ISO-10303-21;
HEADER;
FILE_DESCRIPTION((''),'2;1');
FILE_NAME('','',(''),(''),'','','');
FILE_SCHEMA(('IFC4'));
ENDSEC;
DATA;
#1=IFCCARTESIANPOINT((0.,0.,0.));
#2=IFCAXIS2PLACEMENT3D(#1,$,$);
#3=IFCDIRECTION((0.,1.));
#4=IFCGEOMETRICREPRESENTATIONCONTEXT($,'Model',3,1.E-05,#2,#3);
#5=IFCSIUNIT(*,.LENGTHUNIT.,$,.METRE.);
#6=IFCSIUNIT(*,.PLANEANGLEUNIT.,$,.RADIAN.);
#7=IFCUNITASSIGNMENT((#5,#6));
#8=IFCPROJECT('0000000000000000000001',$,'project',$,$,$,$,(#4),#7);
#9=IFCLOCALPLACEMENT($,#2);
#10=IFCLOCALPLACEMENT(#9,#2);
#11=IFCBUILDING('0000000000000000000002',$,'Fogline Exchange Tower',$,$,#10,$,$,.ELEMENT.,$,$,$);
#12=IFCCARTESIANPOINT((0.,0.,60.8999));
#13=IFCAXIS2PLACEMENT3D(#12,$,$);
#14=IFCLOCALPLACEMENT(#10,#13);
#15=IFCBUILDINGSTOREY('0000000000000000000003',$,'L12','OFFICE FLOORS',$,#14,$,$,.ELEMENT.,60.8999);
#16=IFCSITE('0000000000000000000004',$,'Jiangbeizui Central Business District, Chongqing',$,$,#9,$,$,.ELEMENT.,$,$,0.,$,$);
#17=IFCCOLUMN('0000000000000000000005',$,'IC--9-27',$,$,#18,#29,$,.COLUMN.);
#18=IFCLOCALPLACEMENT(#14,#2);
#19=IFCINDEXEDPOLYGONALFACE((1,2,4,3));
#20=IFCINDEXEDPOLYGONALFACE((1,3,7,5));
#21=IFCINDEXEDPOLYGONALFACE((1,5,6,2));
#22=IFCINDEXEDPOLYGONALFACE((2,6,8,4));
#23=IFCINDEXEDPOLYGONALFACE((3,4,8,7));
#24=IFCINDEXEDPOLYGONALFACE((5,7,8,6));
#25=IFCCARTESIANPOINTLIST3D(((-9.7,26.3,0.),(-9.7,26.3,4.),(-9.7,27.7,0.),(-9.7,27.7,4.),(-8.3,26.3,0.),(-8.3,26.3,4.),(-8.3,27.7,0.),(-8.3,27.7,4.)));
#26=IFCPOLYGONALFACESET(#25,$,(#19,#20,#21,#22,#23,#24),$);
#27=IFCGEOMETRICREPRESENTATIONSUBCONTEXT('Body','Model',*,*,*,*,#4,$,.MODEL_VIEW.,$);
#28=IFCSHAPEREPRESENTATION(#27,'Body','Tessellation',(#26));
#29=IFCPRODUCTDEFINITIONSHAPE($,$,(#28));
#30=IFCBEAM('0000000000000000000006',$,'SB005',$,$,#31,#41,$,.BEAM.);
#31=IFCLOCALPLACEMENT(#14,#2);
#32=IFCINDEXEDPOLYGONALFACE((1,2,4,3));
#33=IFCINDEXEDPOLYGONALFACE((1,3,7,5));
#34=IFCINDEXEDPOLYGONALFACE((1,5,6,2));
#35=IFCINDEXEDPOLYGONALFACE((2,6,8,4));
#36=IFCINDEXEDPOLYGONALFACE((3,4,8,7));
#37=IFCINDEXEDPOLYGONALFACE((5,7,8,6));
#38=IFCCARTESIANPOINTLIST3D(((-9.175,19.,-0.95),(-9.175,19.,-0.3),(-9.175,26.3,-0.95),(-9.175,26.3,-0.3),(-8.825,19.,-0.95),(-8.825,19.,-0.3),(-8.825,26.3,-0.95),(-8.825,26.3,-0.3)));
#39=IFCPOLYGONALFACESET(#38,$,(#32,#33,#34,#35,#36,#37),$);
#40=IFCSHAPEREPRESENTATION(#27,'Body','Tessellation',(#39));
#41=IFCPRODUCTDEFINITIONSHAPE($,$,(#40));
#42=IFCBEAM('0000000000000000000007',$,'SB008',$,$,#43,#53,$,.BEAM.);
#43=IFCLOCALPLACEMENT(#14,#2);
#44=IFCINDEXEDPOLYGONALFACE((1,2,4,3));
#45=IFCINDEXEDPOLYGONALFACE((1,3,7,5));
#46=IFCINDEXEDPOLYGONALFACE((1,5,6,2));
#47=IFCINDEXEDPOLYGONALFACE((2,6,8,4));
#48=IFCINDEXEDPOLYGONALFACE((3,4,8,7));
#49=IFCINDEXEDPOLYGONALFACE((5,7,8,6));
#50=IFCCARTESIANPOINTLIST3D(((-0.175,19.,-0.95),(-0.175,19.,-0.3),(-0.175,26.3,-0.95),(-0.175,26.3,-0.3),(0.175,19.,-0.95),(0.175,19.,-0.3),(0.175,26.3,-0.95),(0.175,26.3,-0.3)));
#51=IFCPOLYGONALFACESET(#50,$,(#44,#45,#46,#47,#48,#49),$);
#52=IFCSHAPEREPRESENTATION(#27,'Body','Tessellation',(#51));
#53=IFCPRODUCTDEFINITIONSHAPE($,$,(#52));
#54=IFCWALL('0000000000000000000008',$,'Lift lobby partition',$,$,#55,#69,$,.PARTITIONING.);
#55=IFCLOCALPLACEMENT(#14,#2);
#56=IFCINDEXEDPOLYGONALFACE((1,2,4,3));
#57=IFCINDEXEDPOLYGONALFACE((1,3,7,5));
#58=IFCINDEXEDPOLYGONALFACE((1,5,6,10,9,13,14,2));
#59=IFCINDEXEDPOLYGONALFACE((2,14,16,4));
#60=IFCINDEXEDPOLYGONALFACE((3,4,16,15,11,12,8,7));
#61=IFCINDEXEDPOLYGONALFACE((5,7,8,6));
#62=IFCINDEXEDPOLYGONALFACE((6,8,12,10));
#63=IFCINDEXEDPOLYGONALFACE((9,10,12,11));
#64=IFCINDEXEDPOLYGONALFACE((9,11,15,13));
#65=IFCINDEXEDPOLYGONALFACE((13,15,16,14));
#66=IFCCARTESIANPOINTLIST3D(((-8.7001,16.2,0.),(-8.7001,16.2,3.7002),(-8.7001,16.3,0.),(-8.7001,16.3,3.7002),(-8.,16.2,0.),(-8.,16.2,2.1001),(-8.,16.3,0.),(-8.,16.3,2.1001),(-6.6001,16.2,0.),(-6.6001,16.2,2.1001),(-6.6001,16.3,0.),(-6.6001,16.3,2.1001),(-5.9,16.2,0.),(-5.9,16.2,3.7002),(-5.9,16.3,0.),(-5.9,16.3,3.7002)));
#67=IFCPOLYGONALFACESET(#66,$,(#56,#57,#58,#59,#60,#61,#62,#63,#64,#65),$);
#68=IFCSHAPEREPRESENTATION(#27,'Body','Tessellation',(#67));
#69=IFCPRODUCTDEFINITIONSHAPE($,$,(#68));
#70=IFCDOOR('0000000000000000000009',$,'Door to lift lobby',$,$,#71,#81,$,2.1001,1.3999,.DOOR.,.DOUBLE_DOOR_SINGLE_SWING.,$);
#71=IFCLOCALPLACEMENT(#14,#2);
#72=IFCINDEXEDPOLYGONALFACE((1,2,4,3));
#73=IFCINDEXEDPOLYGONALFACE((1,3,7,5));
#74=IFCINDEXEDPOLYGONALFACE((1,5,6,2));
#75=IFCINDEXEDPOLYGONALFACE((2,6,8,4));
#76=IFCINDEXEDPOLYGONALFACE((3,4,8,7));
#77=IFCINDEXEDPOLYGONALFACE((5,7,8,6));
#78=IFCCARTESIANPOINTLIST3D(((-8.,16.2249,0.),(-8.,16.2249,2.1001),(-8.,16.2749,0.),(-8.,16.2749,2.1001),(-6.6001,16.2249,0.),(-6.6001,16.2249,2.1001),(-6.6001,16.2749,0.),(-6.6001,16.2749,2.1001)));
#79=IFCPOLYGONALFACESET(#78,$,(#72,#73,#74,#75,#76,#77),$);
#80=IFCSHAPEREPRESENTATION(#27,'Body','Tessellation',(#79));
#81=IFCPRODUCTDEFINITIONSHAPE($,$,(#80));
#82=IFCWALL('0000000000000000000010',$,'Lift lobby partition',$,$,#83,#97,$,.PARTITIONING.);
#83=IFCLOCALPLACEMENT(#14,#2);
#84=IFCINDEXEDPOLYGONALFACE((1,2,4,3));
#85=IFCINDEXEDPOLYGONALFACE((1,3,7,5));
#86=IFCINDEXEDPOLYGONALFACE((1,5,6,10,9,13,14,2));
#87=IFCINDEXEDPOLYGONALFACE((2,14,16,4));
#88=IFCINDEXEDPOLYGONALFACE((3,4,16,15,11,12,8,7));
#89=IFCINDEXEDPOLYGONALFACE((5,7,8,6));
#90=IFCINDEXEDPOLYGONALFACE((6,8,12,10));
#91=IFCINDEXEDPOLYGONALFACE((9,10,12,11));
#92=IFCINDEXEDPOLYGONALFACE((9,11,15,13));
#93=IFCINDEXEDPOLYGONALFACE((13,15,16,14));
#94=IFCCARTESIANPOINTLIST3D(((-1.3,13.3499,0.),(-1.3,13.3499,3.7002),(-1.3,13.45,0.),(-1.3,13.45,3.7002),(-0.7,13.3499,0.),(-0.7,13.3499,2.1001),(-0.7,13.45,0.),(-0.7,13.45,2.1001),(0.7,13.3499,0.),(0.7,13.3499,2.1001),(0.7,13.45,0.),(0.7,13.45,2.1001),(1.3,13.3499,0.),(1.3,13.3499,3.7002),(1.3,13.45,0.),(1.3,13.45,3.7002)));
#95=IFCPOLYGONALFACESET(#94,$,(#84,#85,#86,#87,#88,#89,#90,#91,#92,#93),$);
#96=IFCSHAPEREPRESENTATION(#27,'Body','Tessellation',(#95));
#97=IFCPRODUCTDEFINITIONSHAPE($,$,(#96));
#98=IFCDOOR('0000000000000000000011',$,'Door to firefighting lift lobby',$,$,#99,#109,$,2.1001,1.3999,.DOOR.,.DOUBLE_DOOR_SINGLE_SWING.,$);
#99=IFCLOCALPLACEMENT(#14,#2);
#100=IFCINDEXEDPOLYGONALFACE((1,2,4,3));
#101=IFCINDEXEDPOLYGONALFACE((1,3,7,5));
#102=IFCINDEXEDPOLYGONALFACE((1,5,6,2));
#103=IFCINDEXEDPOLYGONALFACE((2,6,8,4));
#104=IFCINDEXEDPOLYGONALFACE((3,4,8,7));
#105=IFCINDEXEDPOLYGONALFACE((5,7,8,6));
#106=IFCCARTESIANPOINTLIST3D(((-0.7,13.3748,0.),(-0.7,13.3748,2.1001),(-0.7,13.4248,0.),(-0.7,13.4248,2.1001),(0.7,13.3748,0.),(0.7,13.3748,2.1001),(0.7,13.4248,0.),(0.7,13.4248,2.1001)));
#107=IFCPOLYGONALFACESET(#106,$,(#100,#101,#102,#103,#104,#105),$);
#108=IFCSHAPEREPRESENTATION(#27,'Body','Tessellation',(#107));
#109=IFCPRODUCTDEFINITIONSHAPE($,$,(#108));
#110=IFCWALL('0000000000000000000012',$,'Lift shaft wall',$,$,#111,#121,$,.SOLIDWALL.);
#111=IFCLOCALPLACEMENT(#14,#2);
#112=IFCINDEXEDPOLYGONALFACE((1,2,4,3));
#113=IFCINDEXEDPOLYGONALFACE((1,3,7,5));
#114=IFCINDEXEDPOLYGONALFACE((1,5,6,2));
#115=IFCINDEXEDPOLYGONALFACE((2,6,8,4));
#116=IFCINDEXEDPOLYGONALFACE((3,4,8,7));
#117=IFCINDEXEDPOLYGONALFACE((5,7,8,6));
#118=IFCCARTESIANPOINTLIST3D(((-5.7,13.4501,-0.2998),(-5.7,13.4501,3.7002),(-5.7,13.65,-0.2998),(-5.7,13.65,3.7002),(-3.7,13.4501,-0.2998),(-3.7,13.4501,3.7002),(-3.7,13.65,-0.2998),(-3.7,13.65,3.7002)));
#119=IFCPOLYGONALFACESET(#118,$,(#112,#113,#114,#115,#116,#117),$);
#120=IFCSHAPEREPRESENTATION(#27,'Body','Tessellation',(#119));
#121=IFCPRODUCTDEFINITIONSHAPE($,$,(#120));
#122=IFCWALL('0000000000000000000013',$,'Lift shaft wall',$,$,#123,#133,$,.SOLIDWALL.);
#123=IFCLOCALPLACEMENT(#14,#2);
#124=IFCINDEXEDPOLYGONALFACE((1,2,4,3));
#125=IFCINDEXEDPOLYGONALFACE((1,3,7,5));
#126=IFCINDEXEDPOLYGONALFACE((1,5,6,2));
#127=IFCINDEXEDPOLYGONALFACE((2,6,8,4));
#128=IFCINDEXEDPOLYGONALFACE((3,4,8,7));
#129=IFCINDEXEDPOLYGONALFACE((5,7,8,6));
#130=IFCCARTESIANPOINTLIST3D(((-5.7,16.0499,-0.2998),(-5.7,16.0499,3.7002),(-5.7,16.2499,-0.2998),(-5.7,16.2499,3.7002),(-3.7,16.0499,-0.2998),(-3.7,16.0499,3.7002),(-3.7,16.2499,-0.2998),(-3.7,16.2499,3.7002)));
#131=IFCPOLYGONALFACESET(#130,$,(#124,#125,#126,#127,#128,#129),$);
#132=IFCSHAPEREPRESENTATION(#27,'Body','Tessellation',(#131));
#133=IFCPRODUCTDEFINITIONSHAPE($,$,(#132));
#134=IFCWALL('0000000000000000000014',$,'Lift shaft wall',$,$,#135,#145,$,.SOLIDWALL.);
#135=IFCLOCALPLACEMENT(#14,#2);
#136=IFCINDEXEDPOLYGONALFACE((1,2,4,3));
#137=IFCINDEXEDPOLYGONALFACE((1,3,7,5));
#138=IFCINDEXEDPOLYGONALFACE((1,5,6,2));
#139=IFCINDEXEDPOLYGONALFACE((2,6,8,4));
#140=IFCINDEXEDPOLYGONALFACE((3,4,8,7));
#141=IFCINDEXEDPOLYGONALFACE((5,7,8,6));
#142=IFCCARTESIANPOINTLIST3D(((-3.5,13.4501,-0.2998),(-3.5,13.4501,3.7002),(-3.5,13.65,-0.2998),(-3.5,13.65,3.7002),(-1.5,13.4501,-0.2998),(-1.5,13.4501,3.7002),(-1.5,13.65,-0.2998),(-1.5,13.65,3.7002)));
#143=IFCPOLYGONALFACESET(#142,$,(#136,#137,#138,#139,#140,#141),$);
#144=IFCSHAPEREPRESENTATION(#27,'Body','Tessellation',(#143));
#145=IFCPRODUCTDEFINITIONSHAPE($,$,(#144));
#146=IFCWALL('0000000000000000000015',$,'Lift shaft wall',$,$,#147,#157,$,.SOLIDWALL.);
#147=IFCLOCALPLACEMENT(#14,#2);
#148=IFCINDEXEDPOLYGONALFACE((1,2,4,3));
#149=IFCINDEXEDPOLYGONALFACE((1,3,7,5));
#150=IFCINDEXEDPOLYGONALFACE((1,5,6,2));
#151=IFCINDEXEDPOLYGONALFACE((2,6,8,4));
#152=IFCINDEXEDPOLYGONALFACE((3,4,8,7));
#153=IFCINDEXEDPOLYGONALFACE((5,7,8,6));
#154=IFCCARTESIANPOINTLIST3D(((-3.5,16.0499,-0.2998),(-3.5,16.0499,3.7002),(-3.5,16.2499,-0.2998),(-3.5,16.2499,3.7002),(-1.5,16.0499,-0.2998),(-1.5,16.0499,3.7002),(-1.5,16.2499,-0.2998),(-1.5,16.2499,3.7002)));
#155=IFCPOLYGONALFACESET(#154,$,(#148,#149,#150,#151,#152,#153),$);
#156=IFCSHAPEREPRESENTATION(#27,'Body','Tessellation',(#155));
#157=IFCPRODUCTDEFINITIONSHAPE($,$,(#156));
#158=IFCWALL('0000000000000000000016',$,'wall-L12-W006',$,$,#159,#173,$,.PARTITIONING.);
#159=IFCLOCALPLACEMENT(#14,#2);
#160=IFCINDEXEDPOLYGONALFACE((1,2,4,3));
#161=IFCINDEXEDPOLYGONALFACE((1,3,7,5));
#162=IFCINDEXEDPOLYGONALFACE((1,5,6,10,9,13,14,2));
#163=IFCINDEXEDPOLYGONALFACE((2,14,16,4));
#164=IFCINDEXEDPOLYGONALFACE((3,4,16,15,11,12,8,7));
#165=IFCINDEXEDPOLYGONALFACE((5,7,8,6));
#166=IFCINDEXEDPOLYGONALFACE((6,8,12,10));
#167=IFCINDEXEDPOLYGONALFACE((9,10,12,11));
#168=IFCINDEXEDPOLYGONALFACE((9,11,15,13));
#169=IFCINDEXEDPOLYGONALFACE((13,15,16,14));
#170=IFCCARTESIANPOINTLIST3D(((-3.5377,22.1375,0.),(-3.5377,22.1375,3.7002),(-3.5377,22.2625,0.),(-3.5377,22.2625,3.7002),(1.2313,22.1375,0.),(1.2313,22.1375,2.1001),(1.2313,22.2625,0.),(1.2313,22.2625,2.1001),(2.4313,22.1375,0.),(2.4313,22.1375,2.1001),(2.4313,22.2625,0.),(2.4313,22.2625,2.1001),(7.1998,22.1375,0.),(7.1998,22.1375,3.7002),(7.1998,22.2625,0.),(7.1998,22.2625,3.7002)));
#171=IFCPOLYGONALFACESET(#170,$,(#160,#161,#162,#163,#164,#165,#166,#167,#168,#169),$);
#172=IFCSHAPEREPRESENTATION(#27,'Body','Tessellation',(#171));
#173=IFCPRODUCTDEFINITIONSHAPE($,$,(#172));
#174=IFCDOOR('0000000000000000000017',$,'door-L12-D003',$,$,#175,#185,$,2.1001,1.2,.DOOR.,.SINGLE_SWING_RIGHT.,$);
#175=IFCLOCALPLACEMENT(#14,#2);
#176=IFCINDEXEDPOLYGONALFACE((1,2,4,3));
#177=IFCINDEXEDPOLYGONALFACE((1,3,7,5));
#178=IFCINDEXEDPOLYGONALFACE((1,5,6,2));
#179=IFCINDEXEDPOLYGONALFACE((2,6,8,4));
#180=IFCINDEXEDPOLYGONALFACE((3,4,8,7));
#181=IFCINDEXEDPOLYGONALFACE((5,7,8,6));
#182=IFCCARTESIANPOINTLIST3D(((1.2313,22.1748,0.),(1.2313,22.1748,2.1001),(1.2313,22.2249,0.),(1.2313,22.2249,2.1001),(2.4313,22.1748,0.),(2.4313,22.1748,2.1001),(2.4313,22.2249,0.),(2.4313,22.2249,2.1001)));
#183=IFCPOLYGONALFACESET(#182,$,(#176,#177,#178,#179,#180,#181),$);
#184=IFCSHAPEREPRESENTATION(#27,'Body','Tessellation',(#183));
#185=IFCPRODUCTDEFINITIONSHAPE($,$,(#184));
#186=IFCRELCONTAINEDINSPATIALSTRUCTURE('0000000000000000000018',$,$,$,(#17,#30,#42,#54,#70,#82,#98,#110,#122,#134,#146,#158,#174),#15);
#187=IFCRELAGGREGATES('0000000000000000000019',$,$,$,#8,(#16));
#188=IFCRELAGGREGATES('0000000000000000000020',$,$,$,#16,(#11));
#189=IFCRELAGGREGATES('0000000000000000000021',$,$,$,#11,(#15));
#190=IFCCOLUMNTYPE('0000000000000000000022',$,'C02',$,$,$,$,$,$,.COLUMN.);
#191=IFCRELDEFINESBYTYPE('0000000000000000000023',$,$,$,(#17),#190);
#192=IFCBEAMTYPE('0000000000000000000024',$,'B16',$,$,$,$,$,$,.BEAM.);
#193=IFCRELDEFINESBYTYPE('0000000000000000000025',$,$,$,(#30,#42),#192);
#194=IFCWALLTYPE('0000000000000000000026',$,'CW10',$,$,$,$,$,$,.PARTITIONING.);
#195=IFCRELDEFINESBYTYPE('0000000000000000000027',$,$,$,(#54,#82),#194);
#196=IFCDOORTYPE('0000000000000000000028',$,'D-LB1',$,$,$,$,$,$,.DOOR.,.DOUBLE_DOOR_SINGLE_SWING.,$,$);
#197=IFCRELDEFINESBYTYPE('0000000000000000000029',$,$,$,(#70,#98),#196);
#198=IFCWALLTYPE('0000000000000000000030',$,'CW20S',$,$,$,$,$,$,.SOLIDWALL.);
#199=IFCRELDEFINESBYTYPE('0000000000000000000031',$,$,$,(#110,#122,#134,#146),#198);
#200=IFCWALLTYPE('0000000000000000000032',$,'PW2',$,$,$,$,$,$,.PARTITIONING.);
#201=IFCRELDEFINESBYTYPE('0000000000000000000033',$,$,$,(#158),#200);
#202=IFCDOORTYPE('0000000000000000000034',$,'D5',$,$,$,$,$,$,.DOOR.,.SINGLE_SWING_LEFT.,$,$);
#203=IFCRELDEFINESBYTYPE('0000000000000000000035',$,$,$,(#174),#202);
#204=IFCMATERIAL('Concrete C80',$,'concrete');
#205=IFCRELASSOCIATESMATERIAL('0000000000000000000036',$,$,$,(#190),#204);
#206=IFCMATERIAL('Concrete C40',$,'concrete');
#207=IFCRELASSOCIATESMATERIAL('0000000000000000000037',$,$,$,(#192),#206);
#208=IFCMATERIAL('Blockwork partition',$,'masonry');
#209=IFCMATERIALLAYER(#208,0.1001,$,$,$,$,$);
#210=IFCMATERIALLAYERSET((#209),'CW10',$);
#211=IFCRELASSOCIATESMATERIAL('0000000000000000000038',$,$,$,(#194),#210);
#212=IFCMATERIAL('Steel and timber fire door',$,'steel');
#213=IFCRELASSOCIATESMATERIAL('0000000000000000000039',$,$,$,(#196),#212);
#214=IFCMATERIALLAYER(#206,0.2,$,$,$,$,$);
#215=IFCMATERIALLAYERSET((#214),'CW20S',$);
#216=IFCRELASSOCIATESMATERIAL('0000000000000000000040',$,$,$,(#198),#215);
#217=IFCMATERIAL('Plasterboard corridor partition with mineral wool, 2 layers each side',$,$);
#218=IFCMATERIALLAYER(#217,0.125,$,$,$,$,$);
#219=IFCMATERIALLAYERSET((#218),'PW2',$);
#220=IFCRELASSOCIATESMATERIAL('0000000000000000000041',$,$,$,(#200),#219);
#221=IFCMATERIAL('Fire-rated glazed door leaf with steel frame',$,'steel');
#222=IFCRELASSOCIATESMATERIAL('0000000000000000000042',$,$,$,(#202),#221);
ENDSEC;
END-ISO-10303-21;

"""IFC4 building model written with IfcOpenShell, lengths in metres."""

from ifc_helpers import new_model, si_unit, direction, frame, frame_2d, origin, origin_2d, place, context, subcontext, project, spatial, rectangle, extrude, material, layer, layer_set, material_profile, profile_set, type_object, element, fill, save


model = new_model("IFC4")

# Units and contexts
model_context = context("Model", 3, precision=1e-05, world=origin(), true_north=direction((0.0, 1.0)))
body_context = subcontext(model_context, "Body", "Model", "MODEL_VIEW")
ifc_project = project(units=[si_unit("LENGTHUNIT", "METRE"), si_unit("PLANEANGLEUNIT", "RADIAN")], contexts=[model_context])

# Site, building, storey
site_placement = place(None, origin())
site = spatial("IfcSite", under=ifc_project, at=site_placement, Name="Jiangbeizui Central Business District, Chongqing", CompositionType="ELEMENT", RefElevation=0.0)
building_placement = place(site_placement, origin())
building = spatial("IfcBuilding", under=site, at=building_placement, Name="Fogline Exchange Tower", CompositionType="ELEMENT")
storey_placement = place(building_placement, frame((0.0, 0.0, 60.8999)))
storey = spatial("IfcBuildingStorey", under=building, at=storey_placement, Name="L12", Description="OFFICE FLOORS", CompositionType="ELEMENT", Elevation=60.8999)

# Column
ifc_material_1 = material(Name="Concrete C80", Category="concrete")
ifc_material_profile_1 = material_profile(ifc_material_1, rectangle(XDim=1.3999, YDim=1.3999, at=origin_2d()), Name="RC 1400x1400")
ifc_profile_set_1 = profile_set([ifc_material_profile_1], Name="Concrete C80")
column_type = type_object("IfcColumnType", Name="C02", PredefinedType="COLUMN", material=ifc_profile_set_1)
column_placement = place(storey_placement, frame((-9.0, 27.0, 0.0), z_axis=(0.0, 0.0, 1.0), x_axis=(1.0, 0.0, 0.0)))
element("IfcColumn", 1, at=column_placement, inside=storey, type_object=column_type, Name="IC--9-27", PredefinedType="COLUMN", context=body_context, shape_type="SweptSolid", body=[
    extrude(rectangle(XDim=1.3999, YDim=1.3999, at=origin_2d()), origin(), (0.0, 0.0, 1.0), 4.0),
])

# Beams
ifc_material_2 = material(Name="Concrete C40", Category="concrete")
ifc_material_profile_2 = material_profile(ifc_material_2, rectangle(XDim=0.3501, YDim=0.6499, at=origin_2d()), Name="RC 350x650")
ifc_profile_set_2 = profile_set([ifc_material_profile_2], Name="Concrete C40")
beam_type = type_object("IfcBeamType", Name="B16", PredefinedType="BEAM", material=ifc_profile_set_2)
for number, where, z_axis, x_axis, name in (
    (2, (-9.0, 19.0, -0.625), (0.0, 1.0, 0.0), (-1.0, 0.0, 0.0), "SB005"),
    (3, (0.0, 19.0, -0.625), (0.0, 1.0, 0.0), (-1.0, 0.0, 0.0), "SB008"),
):
    element("IfcBeam", number, at=place(storey_placement, frame(where, z_axis=z_axis, x_axis=x_axis)), inside=storey, type_object=beam_type, Name=name, PredefinedType="BEAM", context=body_context, shape_type="SweptSolid", body=[
        extrude(rectangle(XDim=0.3501, YDim=0.6499, at=origin_2d()), origin(), (0.0, 0.0, 1.0), 7.3),
    ])

# Walls, openings, doors
ifc_material_3 = material(Name="Blockwork partition", Category="masonry")
ifc_layer_1 = layer(ifc_material_3, 0.1001)
ifc_layer_set_1 = layer_set([ifc_layer_1], Name="CW10")
wall_type_1 = type_object("IfcWallType", Name="CW10", PredefinedType="PARTITIONING", material=ifc_layer_set_1)
wall_1_placement = place(storey_placement, frame((-8.7, 16.25, 0.0), z_axis=(0.0, 0.0, 1.0), x_axis=(1.0, 0.0, 0.0)))
wall_1 = element("IfcWall", 4, at=wall_1_placement, inside=storey, type_object=wall_type_1, Name="Lift lobby partition", PredefinedType="PARTITIONING", context=body_context, shape_type="SweptSolid", body=[
    extrude(rectangle(XDim=2.8, YDim=0.1001, at=frame_2d((1.3999, 0.0))), origin(), (0.0, 0.0, 1.0), 3.7002),
])
opening_1_placement = place(wall_1_placement, frame((0.7, 0.0, 0.0)))
opening_1 = element("IfcOpeningElement", 5, at=opening_1_placement, cuts=wall_1, PredefinedType="OPENING", context=body_context, shape_type="SweptSolid", body=[
    extrude(rectangle(XDim=1.3999, YDim=2.1001, at=frame_2d((0.7, 1.05))), frame((0.0, 0.0601, 0.0), z_axis=(0.0, -1.0, 0.0), x_axis=(1.0, 0.0, 0.0)), (0.0, 0.0, 1.0), 0.1201),
])
ifc_material_4 = material(Name="Steel and timber fire door", Category="steel")
door_type_1 = type_object("IfcDoorType", Name="D-LB1", OperationType="DOUBLE_DOOR_SINGLE_SWING", PredefinedType="DOOR", material=ifc_material_4)
door_1_placement = place(opening_1_placement, origin())
door_1 = element("IfcDoor", 6, at=door_1_placement, inside=storey, type_object=door_type_1, Name="Door to lift lobby", OperationType="DOUBLE_DOOR_SINGLE_SWING", OverallHeight=2.1001, OverallWidth=1.3999, PredefinedType="DOOR", context=body_context, shape_type="SweptSolid", body=[
    extrude(rectangle(XDim=1.3999, YDim=2.1001, at=frame_2d((0.7, 1.05))), frame((0.0, 0.0249, 0.0), z_axis=(0.0, -1.0, 0.0), x_axis=(1.0, 0.0, 0.0)), (0.0, 0.0, 1.0), 0.05),
])
fill(opening_1, door_1)
wall_2_placement = place(storey_placement, frame((-1.3, 13.3999, 0.0), z_axis=(0.0, 0.0, 1.0), x_axis=(1.0, 0.0, 0.0)))
wall_2 = element("IfcWall", 7, at=wall_2_placement, inside=storey, type_object=wall_type_1, Name="Lift lobby partition", PredefinedType="PARTITIONING", context=body_context, shape_type="SweptSolid", body=[
    extrude(rectangle(XDim=2.6001, YDim=0.1001, at=frame_2d((1.3, 0.0))), origin(), (0.0, 0.0, 1.0), 3.7002),
])
opening_2_placement = place(wall_2_placement, frame((0.6001, 0.0, 0.0)))
opening_2 = element("IfcOpeningElement", 8, at=opening_2_placement, cuts=wall_2, PredefinedType="OPENING", context=body_context, shape_type="SweptSolid", body=[
    extrude(rectangle(XDim=1.3999, YDim=2.1001, at=frame_2d((0.7, 1.05))), frame((0.0, 0.0601, 0.0), z_axis=(0.0, -1.0, 0.0), x_axis=(1.0, 0.0, 0.0)), (0.0, 0.0, 1.0), 0.1201),
])
door_2_placement = place(opening_2_placement, origin())
door_2 = element("IfcDoor", 9, at=door_2_placement, inside=storey, type_object=door_type_1, Name="Door to firefighting lift lobby", OperationType="DOUBLE_DOOR_SINGLE_SWING", OverallHeight=2.1001, OverallWidth=1.3999, PredefinedType="DOOR", context=body_context, shape_type="SweptSolid", body=[
    extrude(rectangle(XDim=1.3999, YDim=2.1001, at=frame_2d((0.7, 1.05))), frame((0.0, 0.0249, 0.0), z_axis=(0.0, -1.0, 0.0), x_axis=(1.0, 0.0, 0.0)), (0.0, 0.0, 1.0), 0.05),
])
fill(opening_2, door_2)

# Walls
ifc_layer_2 = layer(ifc_material_2, 0.2)
ifc_layer_set_2 = layer_set([ifc_layer_2], Name="CW20S")
wall_type_2 = type_object("IfcWallType", Name="CW20S", PredefinedType="SOLIDWALL", material=ifc_layer_set_2)
for number, where, z_axis, x_axis, name in (
    (10, (-5.7, 13.55, -0.2998), (0.0, 0.0, 1.0), (1.0, 0.0, 0.0), "Lift shaft wall"),
    (11, (-5.7, 16.1499, -0.2998), (0.0, 0.0, 1.0), (1.0, 0.0, 0.0), "Lift shaft wall"),
    (12, (-3.5, 13.55, -0.2998), (0.0, 0.0, 1.0), (1.0, 0.0, 0.0), "Lift shaft wall"),
    (13, (-3.5, 16.1499, -0.2998), (0.0, 0.0, 1.0), (1.0, 0.0, 0.0), "Lift shaft wall"),
):
    element("IfcWall", number, at=place(storey_placement, frame(where, z_axis=z_axis, x_axis=x_axis)), inside=storey, type_object=wall_type_2, Name=name, PredefinedType="SOLIDWALL", context=body_context, shape_type="SweptSolid", body=[
        extrude(rectangle(XDim=2.0, YDim=0.2, at=frame_2d((1.0, 0.0))), origin(), (0.0, 0.0, 1.0), 4.0),
    ])

# Wall, opening, door
ifc_material_5 = material(Name="Plasterboard corridor partition with mineral wool, 2 layers each side")
ifc_layer_3 = layer(ifc_material_5, 0.125)
ifc_layer_set_3 = layer_set([ifc_layer_3], Name="PW2")
wall_type_3 = type_object("IfcWallType", Name="PW2", PredefinedType="PARTITIONING", material=ifc_layer_set_3)
wall_3_placement = place(storey_placement, frame((-3.5376, 22.2, 0.0), z_axis=(0.0, 0.0, 1.0), x_axis=(1.0, 0.0, 0.0)))
wall_3 = element("IfcWall", 14, at=wall_3_placement, inside=storey, type_object=wall_type_3, Name="wall-L12-W006", PredefinedType="PARTITIONING", context=body_context, shape_type="SweptSolid", body=[
    extrude(rectangle(XDim=10.7375, YDim=0.125, at=frame_2d((5.3687, 0.0))), origin(), (0.0, 0.0, 1.0), 3.7002),
])
opening_3_placement = place(wall_3_placement, frame((4.7688, 0.0, 0.0)))
opening_3 = element("IfcOpeningElement", 15, at=opening_3_placement, cuts=wall_3, PredefinedType="OPENING", context=body_context, shape_type="SweptSolid", body=[
    extrude(rectangle(XDim=1.2, YDim=2.1001, at=frame_2d((0.6001, 1.05))), frame((0.0, 0.0725, 0.0), z_axis=(0.0, -1.0, 0.0), x_axis=(1.0, 0.0, 0.0)), (0.0, 0.0, 1.0), 0.145),
])
ifc_material_6 = material(Name="Fire-rated glazed door leaf with steel frame", Category="steel")
door_type_2 = type_object("IfcDoorType", Name="D5", OperationType="SINGLE_SWING_LEFT", PredefinedType="DOOR", material=ifc_material_6)
door_3_placement = place(opening_3_placement, origin())
door_3 = element("IfcDoor", 16, at=door_3_placement, inside=storey, type_object=door_type_2, Name="door-L12-D003", OperationType="SINGLE_SWING_RIGHT", OverallHeight=2.1001, OverallWidth=1.2, PredefinedType="DOOR", context=body_context, shape_type="SweptSolid", body=[
    extrude(rectangle(XDim=1.2, YDim=2.1001, at=frame_2d((0.6001, 1.05))), frame((0.0, 0.0249, 0.0), z_axis=(0.0, -1.0, 0.0), x_axis=(1.0, 0.0, 0.0)), (0.0, 0.0, 1.0), 0.05),
])
fill(opening_3, door_3)

save(model, "model.ifc")
